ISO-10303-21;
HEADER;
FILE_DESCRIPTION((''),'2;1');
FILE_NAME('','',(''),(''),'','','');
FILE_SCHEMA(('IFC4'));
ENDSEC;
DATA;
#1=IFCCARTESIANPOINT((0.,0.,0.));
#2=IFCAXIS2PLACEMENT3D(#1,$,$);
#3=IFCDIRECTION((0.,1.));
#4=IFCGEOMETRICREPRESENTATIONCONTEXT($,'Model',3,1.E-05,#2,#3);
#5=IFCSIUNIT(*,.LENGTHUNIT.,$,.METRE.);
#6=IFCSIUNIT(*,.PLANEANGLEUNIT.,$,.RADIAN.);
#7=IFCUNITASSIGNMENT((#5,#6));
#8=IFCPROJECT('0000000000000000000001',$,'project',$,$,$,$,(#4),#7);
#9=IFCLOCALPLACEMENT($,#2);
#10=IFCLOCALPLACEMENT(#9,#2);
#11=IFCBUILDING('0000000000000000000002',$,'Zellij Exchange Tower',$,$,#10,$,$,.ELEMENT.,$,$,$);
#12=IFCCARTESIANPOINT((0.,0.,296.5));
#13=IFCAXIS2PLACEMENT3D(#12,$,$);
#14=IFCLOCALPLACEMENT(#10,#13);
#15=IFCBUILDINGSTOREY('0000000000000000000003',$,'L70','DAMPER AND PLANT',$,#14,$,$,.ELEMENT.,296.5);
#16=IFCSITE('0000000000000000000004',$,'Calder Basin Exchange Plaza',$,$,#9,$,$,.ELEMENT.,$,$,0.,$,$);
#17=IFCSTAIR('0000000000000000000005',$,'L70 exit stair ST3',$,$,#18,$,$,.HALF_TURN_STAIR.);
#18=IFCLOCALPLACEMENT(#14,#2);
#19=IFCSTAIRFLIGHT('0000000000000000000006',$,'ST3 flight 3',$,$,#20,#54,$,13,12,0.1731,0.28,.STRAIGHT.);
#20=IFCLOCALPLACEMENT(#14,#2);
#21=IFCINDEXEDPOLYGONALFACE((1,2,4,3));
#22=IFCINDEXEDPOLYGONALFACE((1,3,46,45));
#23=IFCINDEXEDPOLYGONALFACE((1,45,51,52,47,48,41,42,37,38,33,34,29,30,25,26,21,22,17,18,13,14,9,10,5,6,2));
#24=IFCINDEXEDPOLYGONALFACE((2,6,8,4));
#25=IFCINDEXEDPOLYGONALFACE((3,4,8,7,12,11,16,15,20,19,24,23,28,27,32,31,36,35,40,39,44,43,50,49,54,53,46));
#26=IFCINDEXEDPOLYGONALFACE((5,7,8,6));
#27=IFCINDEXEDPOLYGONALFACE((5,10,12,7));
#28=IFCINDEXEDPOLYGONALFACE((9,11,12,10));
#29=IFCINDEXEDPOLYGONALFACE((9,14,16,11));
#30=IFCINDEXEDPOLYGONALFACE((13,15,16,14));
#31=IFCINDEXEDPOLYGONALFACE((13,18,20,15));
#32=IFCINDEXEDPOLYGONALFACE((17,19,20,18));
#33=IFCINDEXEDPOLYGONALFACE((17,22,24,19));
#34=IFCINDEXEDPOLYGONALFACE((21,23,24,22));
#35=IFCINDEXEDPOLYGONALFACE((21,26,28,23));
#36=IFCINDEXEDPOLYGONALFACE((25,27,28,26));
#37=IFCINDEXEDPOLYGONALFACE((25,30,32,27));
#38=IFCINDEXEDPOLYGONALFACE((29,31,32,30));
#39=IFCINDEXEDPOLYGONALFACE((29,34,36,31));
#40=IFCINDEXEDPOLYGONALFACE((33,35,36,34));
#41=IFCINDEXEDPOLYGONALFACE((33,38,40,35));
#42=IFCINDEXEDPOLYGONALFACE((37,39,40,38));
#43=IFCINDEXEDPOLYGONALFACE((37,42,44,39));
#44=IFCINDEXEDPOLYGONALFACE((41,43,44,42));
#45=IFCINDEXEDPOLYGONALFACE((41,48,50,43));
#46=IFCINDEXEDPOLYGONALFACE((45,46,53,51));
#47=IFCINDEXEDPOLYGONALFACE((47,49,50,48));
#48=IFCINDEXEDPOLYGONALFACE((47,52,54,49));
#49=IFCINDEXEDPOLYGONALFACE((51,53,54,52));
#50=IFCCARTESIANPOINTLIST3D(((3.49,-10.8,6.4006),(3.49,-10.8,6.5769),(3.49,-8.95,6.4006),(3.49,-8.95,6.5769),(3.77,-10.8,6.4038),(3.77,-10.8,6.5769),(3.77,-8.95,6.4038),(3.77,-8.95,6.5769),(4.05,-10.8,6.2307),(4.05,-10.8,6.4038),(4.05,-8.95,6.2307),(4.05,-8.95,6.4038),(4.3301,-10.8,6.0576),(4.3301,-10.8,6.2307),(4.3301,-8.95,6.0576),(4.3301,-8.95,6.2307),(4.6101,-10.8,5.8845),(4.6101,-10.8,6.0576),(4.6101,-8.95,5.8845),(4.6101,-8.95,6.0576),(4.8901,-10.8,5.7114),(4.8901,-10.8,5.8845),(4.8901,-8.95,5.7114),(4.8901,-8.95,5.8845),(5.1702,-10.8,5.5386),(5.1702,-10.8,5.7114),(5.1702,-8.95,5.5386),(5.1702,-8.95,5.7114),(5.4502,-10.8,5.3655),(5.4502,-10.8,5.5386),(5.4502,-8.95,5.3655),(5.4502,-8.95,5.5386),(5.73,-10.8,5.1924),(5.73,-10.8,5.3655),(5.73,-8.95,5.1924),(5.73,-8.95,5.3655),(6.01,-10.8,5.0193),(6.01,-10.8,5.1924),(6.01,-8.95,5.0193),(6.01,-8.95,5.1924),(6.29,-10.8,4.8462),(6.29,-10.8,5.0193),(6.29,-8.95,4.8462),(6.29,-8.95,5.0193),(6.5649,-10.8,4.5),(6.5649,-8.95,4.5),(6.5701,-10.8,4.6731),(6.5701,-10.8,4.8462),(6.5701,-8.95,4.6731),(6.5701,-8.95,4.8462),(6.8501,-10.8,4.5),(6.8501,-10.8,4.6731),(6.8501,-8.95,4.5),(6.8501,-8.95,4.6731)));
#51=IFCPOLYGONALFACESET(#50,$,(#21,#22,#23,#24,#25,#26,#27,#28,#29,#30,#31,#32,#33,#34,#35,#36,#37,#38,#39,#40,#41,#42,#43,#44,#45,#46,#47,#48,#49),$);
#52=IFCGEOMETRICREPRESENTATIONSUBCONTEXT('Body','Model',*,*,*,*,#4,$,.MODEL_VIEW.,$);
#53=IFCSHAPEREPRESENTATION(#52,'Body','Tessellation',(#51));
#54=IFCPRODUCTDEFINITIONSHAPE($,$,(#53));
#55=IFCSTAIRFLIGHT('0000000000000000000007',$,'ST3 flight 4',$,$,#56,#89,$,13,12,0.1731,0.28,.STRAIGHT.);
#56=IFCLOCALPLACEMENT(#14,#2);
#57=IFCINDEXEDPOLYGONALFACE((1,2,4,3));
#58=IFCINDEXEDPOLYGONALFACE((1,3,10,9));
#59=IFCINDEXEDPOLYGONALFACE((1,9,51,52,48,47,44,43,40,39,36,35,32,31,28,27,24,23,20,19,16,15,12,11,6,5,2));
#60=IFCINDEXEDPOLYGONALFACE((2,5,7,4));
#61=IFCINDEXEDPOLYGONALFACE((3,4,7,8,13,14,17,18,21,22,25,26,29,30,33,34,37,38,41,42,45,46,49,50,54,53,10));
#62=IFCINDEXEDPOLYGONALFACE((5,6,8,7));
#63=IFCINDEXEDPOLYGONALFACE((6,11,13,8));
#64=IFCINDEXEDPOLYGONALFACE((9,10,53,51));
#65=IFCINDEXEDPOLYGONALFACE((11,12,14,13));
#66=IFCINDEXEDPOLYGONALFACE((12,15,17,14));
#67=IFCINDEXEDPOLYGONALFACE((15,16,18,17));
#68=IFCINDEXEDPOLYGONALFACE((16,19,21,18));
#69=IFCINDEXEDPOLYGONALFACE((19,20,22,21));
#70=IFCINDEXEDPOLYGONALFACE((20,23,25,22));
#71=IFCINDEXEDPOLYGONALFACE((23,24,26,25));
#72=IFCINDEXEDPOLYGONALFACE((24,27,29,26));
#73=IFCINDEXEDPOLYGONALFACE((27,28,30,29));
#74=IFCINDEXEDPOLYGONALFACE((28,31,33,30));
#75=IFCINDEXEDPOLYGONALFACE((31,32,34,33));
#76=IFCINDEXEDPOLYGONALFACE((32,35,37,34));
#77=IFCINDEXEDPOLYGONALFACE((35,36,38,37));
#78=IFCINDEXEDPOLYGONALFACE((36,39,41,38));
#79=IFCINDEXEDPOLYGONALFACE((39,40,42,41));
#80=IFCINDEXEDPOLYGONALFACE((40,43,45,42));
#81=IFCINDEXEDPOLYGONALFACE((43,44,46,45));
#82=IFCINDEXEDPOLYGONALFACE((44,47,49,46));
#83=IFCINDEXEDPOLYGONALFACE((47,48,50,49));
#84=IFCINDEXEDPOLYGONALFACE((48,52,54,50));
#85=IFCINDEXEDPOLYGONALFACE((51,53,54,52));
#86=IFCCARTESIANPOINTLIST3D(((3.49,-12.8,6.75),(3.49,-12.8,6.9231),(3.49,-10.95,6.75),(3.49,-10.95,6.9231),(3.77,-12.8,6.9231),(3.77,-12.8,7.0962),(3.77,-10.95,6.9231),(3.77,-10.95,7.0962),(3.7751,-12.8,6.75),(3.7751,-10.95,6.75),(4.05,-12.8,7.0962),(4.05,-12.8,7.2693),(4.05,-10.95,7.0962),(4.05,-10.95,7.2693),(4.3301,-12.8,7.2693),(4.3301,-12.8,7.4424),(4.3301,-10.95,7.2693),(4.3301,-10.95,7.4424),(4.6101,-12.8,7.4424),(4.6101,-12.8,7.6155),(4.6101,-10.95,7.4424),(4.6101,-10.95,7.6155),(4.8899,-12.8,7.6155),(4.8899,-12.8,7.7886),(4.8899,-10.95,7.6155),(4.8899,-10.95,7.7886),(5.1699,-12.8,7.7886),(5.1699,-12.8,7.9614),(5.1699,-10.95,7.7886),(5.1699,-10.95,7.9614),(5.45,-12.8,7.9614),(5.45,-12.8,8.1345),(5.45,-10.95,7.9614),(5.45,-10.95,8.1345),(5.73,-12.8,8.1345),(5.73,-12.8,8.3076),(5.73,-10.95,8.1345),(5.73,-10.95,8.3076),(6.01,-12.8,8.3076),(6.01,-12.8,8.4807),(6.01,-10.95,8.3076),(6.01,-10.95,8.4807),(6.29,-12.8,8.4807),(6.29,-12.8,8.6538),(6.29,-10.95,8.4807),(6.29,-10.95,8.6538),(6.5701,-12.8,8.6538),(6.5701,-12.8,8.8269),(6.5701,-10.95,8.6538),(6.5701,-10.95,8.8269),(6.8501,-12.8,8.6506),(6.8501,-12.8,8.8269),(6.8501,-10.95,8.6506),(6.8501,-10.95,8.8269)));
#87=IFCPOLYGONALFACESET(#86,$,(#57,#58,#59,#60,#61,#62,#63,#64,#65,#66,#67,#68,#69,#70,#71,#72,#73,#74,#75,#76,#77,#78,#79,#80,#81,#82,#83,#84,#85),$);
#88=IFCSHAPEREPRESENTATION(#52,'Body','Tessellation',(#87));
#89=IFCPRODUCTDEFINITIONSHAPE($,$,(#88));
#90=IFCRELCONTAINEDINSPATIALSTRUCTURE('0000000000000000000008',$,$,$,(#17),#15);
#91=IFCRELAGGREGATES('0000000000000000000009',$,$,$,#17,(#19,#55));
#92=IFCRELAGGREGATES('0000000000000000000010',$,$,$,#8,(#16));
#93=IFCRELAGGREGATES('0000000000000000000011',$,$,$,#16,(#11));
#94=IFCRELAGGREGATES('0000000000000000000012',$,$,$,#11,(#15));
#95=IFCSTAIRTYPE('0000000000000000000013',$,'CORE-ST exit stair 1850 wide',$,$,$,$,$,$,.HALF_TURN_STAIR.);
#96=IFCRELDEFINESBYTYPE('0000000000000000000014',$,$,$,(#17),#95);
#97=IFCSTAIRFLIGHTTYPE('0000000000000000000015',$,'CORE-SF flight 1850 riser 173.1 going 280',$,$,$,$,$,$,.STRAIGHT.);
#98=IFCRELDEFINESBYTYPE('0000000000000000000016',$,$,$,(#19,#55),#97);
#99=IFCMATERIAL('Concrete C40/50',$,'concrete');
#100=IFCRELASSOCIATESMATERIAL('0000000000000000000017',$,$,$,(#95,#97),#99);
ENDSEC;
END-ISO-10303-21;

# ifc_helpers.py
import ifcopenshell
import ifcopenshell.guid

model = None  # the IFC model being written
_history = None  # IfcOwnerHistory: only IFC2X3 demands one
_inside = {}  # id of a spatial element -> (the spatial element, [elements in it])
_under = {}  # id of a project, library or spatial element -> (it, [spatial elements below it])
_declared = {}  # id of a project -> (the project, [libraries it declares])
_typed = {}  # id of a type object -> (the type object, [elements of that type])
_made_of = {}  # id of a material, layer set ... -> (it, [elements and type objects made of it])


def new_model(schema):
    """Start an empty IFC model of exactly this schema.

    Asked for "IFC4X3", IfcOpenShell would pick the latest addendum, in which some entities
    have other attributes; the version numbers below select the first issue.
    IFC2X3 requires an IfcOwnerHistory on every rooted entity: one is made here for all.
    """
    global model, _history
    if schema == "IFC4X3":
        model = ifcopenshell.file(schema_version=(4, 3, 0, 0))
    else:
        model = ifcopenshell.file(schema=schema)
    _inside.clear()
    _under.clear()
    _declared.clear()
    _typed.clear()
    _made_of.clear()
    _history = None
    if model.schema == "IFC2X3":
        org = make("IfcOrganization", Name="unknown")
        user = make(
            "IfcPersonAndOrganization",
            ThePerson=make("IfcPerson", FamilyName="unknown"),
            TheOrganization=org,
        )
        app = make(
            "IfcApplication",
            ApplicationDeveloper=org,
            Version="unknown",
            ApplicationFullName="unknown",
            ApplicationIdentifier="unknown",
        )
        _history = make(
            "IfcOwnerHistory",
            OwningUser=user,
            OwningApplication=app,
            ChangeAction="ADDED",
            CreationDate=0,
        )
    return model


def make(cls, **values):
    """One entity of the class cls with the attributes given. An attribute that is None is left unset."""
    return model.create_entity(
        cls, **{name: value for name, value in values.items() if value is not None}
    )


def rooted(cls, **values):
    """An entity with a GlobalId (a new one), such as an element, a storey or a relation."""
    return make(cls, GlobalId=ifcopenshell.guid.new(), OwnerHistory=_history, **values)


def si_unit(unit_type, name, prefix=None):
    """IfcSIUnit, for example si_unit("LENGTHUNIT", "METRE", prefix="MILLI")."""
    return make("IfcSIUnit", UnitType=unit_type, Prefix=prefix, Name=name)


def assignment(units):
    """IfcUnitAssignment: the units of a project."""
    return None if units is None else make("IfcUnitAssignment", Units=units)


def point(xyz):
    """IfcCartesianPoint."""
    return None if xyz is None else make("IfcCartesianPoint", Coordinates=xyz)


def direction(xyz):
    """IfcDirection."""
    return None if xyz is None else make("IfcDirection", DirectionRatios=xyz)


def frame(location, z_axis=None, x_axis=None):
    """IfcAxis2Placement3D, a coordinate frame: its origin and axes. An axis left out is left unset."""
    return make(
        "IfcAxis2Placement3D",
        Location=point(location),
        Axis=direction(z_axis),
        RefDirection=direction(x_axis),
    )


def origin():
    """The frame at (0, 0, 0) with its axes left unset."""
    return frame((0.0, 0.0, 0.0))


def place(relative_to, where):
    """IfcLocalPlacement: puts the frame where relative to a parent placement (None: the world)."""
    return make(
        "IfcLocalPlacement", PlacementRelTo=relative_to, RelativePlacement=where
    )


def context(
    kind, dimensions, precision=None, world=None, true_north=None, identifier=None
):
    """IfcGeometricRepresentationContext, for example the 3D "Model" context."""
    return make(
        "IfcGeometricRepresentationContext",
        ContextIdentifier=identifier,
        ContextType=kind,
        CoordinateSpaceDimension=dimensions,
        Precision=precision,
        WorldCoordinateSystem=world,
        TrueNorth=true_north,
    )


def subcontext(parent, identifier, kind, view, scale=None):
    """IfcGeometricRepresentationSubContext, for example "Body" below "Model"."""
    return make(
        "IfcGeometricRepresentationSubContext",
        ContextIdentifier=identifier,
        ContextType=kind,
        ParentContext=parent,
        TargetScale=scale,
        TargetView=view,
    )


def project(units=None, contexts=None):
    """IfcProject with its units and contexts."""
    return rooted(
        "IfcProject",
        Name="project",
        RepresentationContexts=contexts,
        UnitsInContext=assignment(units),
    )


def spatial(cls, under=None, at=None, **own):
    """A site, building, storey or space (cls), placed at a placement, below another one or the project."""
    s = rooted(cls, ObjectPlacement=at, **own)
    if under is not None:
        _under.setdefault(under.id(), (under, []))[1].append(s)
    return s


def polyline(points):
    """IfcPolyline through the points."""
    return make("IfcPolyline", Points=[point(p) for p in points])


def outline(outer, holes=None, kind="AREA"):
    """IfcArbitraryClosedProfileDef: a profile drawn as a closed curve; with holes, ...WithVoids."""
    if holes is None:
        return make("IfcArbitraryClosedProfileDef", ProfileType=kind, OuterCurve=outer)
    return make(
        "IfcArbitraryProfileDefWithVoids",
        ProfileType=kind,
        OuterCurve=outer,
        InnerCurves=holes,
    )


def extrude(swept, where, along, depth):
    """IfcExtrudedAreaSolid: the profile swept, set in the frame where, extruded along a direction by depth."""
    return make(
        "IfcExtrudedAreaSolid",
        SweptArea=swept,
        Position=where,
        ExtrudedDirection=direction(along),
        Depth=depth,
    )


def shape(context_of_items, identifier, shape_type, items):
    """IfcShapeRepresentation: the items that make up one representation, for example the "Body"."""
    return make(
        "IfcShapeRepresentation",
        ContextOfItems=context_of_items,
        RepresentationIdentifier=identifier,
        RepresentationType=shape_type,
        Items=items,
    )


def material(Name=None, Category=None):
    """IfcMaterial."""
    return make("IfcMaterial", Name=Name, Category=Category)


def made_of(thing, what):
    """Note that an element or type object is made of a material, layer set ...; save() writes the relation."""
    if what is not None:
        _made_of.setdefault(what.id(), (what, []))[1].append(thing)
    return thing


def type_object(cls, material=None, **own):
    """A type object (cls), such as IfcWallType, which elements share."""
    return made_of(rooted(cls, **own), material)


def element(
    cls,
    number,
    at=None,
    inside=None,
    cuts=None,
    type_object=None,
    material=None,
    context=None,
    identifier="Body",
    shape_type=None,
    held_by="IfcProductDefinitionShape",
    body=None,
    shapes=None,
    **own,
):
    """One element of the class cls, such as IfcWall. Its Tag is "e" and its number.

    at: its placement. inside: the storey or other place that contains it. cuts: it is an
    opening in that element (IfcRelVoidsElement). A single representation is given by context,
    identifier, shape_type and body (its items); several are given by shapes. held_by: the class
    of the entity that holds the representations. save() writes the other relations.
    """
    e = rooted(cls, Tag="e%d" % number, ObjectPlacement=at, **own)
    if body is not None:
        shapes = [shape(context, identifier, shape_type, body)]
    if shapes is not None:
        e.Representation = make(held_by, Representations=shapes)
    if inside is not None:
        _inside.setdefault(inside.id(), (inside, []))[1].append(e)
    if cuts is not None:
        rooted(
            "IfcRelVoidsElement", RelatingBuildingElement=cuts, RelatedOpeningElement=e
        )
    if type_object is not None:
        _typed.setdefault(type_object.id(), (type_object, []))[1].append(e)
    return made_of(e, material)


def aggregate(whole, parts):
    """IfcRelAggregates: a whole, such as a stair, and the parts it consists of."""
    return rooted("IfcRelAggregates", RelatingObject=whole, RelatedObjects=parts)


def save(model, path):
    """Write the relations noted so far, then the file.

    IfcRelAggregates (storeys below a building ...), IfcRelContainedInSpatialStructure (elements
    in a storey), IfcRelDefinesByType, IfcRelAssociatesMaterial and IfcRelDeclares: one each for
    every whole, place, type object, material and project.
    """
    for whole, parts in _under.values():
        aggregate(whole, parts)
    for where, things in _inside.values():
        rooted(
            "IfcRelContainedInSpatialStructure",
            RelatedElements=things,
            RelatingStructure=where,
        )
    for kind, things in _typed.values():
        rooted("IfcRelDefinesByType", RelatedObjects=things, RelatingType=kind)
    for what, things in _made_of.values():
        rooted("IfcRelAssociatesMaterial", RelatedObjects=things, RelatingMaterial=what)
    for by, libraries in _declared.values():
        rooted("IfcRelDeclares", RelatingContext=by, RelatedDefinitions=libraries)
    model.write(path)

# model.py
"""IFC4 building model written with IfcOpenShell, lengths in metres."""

from ifc_helpers import new_model, si_unit, direction, frame, origin, place, context, subcontext, project, spatial, polyline, outline, extrude, material, type_object, element, aggregate, save


model = new_model("IFC4")

# Units and contexts
model_context = context("Model", 3, precision=1e-05, world=origin(), true_north=direction((0.0, 1.0)))
body_context = subcontext(model_context, "Body", "Model", "MODEL_VIEW")
ifc_project = project(units=[si_unit("LENGTHUNIT", "METRE"), si_unit("PLANEANGLEUNIT", "RADIAN")], contexts=[model_context])

# Site, building, storey
site_placement = place(None, origin())
site = spatial("IfcSite", under=ifc_project, at=site_placement, Name="Calder Basin Exchange Plaza", CompositionType="ELEMENT", RefElevation=0.0)
building_placement = place(site_placement, origin())
building = spatial("IfcBuilding", under=site, at=building_placement, Name="Zellij Exchange Tower", CompositionType="ELEMENT")
storey_placement = place(building_placement, frame((0.0, 0.0, 296.5)))
storey = spatial("IfcBuildingStorey", under=building, at=storey_placement, Name="L70", Description="DAMPER AND PLANT", CompositionType="ELEMENT", Elevation=296.5)

# Stair, stair flights
ifc_material_1 = material(Name="Concrete C40/50", Category="concrete")
stair_type = type_object("IfcStairType", Name="CORE-ST exit stair 1850 wide", PredefinedType="HALF_TURN_STAIR", material=ifc_material_1)
stair_placement = place(storey_placement, origin())
stair = element("IfcStair", 1, at=stair_placement, inside=storey, type_object=stair_type, Name="L70 exit stair ST3", PredefinedType="HALF_TURN_STAIR")
stair_flight_type = type_object("IfcStairFlightType", Name="CORE-SF flight 1850 riser 173.1 going 280", PredefinedType="STRAIGHT", material=ifc_material_1)
stair_flight_1_placement = place(storey_placement, frame((6.8501, -9.875, 4.5), z_axis=(0.0, 0.0, 1.0), x_axis=(-1.0, 0.0, 0.0)))
stair_flight_1 = element("IfcStairFlight", 2, at=stair_flight_1_placement, type_object=stair_flight_type, Name="ST3 flight 3", NumberOfRisers=13, NumberOfTreads=12, PredefinedType="STRAIGHT", RiserHeight=0.1731, TreadLength=0.28, context=body_context, shape_type="SweptSolid", body=[
    extrude(outline(polyline([(0.0, 0.0), (0.0, 0.1731), (0.28, 0.1731), (0.28, 0.3462), (0.5601, 0.3462), (0.5601, 0.5193), (0.8401, 0.5193), (0.8401, 0.6924), (1.1201, 0.6924), (1.1201, 0.8655), (1.3999, 0.8655), (1.3999, 1.0386), (1.6799, 1.0386), (1.6799, 1.2114), (1.96, 1.2114), (1.96, 1.3845), (2.24, 1.3845), (2.24, 1.5576), (2.52, 1.5576), (2.52, 1.7307), (2.8, 1.7307), (2.8, 1.9038), (3.0801, 1.9038), (3.0801, 2.0769), (3.3601, 2.0769), (3.3601, 2.25), (3.3601, 1.9006), (0.2852, 0.0), (0.0, 0.0)])), frame((0.0, 0.925, 0.0), z_axis=(0.0, -1.0, 0.0), x_axis=(1.0, 0.0, 0.0)), (0.0, 0.0, 1.0), 1.8501),
])
stair_flight_2_placement = place(storey_placement, frame((3.49, -11.875, 6.75), z_axis=(0.0, 0.0, 1.0), x_axis=(1.0, 0.0, 0.0)))
stair_flight_2 = element("IfcStairFlight", 3, at=stair_flight_2_placement, type_object=stair_flight_type, Name="ST3 flight 4", NumberOfRisers=13, NumberOfTreads=12, PredefinedType="STRAIGHT", RiserHeight=0.1731, TreadLength=0.28, context=body_context, shape_type="SweptSolid", body=[
    extrude(outline(polyline([(0.0, 0.0), (0.0, 0.1731), (0.28, 0.1731), (0.28, 0.3462), (0.5601, 0.3462), (0.5601, 0.5193), (0.8401, 0.5193), (0.8401, 0.6924), (1.1201, 0.6924), (1.1201, 0.8655), (1.3999, 0.8655), (1.3999, 1.0386), (1.6799, 1.0386), (1.6799, 1.2114), (1.96, 1.2114), (1.96, 1.3845), (2.24, 1.3845), (2.24, 1.5576), (2.52, 1.5576), (2.52, 1.7307), (2.8, 1.7307), (2.8, 1.9038), (3.0801, 1.9038), (3.0801, 2.0769), (3.3601, 2.0769), (3.3601, 2.25), (3.3601, 1.9006), (0.2852, 0.0), (0.0, 0.0)])), frame((0.0, 0.925, 0.0), z_axis=(0.0, -1.0, 0.0), x_axis=(1.0, 0.0, 0.0)), (0.0, 0.0, 1.0), 1.8501),
])
aggregate(stair, [stair_flight_1, stair_flight_2])

save(model, "model.ifc")
